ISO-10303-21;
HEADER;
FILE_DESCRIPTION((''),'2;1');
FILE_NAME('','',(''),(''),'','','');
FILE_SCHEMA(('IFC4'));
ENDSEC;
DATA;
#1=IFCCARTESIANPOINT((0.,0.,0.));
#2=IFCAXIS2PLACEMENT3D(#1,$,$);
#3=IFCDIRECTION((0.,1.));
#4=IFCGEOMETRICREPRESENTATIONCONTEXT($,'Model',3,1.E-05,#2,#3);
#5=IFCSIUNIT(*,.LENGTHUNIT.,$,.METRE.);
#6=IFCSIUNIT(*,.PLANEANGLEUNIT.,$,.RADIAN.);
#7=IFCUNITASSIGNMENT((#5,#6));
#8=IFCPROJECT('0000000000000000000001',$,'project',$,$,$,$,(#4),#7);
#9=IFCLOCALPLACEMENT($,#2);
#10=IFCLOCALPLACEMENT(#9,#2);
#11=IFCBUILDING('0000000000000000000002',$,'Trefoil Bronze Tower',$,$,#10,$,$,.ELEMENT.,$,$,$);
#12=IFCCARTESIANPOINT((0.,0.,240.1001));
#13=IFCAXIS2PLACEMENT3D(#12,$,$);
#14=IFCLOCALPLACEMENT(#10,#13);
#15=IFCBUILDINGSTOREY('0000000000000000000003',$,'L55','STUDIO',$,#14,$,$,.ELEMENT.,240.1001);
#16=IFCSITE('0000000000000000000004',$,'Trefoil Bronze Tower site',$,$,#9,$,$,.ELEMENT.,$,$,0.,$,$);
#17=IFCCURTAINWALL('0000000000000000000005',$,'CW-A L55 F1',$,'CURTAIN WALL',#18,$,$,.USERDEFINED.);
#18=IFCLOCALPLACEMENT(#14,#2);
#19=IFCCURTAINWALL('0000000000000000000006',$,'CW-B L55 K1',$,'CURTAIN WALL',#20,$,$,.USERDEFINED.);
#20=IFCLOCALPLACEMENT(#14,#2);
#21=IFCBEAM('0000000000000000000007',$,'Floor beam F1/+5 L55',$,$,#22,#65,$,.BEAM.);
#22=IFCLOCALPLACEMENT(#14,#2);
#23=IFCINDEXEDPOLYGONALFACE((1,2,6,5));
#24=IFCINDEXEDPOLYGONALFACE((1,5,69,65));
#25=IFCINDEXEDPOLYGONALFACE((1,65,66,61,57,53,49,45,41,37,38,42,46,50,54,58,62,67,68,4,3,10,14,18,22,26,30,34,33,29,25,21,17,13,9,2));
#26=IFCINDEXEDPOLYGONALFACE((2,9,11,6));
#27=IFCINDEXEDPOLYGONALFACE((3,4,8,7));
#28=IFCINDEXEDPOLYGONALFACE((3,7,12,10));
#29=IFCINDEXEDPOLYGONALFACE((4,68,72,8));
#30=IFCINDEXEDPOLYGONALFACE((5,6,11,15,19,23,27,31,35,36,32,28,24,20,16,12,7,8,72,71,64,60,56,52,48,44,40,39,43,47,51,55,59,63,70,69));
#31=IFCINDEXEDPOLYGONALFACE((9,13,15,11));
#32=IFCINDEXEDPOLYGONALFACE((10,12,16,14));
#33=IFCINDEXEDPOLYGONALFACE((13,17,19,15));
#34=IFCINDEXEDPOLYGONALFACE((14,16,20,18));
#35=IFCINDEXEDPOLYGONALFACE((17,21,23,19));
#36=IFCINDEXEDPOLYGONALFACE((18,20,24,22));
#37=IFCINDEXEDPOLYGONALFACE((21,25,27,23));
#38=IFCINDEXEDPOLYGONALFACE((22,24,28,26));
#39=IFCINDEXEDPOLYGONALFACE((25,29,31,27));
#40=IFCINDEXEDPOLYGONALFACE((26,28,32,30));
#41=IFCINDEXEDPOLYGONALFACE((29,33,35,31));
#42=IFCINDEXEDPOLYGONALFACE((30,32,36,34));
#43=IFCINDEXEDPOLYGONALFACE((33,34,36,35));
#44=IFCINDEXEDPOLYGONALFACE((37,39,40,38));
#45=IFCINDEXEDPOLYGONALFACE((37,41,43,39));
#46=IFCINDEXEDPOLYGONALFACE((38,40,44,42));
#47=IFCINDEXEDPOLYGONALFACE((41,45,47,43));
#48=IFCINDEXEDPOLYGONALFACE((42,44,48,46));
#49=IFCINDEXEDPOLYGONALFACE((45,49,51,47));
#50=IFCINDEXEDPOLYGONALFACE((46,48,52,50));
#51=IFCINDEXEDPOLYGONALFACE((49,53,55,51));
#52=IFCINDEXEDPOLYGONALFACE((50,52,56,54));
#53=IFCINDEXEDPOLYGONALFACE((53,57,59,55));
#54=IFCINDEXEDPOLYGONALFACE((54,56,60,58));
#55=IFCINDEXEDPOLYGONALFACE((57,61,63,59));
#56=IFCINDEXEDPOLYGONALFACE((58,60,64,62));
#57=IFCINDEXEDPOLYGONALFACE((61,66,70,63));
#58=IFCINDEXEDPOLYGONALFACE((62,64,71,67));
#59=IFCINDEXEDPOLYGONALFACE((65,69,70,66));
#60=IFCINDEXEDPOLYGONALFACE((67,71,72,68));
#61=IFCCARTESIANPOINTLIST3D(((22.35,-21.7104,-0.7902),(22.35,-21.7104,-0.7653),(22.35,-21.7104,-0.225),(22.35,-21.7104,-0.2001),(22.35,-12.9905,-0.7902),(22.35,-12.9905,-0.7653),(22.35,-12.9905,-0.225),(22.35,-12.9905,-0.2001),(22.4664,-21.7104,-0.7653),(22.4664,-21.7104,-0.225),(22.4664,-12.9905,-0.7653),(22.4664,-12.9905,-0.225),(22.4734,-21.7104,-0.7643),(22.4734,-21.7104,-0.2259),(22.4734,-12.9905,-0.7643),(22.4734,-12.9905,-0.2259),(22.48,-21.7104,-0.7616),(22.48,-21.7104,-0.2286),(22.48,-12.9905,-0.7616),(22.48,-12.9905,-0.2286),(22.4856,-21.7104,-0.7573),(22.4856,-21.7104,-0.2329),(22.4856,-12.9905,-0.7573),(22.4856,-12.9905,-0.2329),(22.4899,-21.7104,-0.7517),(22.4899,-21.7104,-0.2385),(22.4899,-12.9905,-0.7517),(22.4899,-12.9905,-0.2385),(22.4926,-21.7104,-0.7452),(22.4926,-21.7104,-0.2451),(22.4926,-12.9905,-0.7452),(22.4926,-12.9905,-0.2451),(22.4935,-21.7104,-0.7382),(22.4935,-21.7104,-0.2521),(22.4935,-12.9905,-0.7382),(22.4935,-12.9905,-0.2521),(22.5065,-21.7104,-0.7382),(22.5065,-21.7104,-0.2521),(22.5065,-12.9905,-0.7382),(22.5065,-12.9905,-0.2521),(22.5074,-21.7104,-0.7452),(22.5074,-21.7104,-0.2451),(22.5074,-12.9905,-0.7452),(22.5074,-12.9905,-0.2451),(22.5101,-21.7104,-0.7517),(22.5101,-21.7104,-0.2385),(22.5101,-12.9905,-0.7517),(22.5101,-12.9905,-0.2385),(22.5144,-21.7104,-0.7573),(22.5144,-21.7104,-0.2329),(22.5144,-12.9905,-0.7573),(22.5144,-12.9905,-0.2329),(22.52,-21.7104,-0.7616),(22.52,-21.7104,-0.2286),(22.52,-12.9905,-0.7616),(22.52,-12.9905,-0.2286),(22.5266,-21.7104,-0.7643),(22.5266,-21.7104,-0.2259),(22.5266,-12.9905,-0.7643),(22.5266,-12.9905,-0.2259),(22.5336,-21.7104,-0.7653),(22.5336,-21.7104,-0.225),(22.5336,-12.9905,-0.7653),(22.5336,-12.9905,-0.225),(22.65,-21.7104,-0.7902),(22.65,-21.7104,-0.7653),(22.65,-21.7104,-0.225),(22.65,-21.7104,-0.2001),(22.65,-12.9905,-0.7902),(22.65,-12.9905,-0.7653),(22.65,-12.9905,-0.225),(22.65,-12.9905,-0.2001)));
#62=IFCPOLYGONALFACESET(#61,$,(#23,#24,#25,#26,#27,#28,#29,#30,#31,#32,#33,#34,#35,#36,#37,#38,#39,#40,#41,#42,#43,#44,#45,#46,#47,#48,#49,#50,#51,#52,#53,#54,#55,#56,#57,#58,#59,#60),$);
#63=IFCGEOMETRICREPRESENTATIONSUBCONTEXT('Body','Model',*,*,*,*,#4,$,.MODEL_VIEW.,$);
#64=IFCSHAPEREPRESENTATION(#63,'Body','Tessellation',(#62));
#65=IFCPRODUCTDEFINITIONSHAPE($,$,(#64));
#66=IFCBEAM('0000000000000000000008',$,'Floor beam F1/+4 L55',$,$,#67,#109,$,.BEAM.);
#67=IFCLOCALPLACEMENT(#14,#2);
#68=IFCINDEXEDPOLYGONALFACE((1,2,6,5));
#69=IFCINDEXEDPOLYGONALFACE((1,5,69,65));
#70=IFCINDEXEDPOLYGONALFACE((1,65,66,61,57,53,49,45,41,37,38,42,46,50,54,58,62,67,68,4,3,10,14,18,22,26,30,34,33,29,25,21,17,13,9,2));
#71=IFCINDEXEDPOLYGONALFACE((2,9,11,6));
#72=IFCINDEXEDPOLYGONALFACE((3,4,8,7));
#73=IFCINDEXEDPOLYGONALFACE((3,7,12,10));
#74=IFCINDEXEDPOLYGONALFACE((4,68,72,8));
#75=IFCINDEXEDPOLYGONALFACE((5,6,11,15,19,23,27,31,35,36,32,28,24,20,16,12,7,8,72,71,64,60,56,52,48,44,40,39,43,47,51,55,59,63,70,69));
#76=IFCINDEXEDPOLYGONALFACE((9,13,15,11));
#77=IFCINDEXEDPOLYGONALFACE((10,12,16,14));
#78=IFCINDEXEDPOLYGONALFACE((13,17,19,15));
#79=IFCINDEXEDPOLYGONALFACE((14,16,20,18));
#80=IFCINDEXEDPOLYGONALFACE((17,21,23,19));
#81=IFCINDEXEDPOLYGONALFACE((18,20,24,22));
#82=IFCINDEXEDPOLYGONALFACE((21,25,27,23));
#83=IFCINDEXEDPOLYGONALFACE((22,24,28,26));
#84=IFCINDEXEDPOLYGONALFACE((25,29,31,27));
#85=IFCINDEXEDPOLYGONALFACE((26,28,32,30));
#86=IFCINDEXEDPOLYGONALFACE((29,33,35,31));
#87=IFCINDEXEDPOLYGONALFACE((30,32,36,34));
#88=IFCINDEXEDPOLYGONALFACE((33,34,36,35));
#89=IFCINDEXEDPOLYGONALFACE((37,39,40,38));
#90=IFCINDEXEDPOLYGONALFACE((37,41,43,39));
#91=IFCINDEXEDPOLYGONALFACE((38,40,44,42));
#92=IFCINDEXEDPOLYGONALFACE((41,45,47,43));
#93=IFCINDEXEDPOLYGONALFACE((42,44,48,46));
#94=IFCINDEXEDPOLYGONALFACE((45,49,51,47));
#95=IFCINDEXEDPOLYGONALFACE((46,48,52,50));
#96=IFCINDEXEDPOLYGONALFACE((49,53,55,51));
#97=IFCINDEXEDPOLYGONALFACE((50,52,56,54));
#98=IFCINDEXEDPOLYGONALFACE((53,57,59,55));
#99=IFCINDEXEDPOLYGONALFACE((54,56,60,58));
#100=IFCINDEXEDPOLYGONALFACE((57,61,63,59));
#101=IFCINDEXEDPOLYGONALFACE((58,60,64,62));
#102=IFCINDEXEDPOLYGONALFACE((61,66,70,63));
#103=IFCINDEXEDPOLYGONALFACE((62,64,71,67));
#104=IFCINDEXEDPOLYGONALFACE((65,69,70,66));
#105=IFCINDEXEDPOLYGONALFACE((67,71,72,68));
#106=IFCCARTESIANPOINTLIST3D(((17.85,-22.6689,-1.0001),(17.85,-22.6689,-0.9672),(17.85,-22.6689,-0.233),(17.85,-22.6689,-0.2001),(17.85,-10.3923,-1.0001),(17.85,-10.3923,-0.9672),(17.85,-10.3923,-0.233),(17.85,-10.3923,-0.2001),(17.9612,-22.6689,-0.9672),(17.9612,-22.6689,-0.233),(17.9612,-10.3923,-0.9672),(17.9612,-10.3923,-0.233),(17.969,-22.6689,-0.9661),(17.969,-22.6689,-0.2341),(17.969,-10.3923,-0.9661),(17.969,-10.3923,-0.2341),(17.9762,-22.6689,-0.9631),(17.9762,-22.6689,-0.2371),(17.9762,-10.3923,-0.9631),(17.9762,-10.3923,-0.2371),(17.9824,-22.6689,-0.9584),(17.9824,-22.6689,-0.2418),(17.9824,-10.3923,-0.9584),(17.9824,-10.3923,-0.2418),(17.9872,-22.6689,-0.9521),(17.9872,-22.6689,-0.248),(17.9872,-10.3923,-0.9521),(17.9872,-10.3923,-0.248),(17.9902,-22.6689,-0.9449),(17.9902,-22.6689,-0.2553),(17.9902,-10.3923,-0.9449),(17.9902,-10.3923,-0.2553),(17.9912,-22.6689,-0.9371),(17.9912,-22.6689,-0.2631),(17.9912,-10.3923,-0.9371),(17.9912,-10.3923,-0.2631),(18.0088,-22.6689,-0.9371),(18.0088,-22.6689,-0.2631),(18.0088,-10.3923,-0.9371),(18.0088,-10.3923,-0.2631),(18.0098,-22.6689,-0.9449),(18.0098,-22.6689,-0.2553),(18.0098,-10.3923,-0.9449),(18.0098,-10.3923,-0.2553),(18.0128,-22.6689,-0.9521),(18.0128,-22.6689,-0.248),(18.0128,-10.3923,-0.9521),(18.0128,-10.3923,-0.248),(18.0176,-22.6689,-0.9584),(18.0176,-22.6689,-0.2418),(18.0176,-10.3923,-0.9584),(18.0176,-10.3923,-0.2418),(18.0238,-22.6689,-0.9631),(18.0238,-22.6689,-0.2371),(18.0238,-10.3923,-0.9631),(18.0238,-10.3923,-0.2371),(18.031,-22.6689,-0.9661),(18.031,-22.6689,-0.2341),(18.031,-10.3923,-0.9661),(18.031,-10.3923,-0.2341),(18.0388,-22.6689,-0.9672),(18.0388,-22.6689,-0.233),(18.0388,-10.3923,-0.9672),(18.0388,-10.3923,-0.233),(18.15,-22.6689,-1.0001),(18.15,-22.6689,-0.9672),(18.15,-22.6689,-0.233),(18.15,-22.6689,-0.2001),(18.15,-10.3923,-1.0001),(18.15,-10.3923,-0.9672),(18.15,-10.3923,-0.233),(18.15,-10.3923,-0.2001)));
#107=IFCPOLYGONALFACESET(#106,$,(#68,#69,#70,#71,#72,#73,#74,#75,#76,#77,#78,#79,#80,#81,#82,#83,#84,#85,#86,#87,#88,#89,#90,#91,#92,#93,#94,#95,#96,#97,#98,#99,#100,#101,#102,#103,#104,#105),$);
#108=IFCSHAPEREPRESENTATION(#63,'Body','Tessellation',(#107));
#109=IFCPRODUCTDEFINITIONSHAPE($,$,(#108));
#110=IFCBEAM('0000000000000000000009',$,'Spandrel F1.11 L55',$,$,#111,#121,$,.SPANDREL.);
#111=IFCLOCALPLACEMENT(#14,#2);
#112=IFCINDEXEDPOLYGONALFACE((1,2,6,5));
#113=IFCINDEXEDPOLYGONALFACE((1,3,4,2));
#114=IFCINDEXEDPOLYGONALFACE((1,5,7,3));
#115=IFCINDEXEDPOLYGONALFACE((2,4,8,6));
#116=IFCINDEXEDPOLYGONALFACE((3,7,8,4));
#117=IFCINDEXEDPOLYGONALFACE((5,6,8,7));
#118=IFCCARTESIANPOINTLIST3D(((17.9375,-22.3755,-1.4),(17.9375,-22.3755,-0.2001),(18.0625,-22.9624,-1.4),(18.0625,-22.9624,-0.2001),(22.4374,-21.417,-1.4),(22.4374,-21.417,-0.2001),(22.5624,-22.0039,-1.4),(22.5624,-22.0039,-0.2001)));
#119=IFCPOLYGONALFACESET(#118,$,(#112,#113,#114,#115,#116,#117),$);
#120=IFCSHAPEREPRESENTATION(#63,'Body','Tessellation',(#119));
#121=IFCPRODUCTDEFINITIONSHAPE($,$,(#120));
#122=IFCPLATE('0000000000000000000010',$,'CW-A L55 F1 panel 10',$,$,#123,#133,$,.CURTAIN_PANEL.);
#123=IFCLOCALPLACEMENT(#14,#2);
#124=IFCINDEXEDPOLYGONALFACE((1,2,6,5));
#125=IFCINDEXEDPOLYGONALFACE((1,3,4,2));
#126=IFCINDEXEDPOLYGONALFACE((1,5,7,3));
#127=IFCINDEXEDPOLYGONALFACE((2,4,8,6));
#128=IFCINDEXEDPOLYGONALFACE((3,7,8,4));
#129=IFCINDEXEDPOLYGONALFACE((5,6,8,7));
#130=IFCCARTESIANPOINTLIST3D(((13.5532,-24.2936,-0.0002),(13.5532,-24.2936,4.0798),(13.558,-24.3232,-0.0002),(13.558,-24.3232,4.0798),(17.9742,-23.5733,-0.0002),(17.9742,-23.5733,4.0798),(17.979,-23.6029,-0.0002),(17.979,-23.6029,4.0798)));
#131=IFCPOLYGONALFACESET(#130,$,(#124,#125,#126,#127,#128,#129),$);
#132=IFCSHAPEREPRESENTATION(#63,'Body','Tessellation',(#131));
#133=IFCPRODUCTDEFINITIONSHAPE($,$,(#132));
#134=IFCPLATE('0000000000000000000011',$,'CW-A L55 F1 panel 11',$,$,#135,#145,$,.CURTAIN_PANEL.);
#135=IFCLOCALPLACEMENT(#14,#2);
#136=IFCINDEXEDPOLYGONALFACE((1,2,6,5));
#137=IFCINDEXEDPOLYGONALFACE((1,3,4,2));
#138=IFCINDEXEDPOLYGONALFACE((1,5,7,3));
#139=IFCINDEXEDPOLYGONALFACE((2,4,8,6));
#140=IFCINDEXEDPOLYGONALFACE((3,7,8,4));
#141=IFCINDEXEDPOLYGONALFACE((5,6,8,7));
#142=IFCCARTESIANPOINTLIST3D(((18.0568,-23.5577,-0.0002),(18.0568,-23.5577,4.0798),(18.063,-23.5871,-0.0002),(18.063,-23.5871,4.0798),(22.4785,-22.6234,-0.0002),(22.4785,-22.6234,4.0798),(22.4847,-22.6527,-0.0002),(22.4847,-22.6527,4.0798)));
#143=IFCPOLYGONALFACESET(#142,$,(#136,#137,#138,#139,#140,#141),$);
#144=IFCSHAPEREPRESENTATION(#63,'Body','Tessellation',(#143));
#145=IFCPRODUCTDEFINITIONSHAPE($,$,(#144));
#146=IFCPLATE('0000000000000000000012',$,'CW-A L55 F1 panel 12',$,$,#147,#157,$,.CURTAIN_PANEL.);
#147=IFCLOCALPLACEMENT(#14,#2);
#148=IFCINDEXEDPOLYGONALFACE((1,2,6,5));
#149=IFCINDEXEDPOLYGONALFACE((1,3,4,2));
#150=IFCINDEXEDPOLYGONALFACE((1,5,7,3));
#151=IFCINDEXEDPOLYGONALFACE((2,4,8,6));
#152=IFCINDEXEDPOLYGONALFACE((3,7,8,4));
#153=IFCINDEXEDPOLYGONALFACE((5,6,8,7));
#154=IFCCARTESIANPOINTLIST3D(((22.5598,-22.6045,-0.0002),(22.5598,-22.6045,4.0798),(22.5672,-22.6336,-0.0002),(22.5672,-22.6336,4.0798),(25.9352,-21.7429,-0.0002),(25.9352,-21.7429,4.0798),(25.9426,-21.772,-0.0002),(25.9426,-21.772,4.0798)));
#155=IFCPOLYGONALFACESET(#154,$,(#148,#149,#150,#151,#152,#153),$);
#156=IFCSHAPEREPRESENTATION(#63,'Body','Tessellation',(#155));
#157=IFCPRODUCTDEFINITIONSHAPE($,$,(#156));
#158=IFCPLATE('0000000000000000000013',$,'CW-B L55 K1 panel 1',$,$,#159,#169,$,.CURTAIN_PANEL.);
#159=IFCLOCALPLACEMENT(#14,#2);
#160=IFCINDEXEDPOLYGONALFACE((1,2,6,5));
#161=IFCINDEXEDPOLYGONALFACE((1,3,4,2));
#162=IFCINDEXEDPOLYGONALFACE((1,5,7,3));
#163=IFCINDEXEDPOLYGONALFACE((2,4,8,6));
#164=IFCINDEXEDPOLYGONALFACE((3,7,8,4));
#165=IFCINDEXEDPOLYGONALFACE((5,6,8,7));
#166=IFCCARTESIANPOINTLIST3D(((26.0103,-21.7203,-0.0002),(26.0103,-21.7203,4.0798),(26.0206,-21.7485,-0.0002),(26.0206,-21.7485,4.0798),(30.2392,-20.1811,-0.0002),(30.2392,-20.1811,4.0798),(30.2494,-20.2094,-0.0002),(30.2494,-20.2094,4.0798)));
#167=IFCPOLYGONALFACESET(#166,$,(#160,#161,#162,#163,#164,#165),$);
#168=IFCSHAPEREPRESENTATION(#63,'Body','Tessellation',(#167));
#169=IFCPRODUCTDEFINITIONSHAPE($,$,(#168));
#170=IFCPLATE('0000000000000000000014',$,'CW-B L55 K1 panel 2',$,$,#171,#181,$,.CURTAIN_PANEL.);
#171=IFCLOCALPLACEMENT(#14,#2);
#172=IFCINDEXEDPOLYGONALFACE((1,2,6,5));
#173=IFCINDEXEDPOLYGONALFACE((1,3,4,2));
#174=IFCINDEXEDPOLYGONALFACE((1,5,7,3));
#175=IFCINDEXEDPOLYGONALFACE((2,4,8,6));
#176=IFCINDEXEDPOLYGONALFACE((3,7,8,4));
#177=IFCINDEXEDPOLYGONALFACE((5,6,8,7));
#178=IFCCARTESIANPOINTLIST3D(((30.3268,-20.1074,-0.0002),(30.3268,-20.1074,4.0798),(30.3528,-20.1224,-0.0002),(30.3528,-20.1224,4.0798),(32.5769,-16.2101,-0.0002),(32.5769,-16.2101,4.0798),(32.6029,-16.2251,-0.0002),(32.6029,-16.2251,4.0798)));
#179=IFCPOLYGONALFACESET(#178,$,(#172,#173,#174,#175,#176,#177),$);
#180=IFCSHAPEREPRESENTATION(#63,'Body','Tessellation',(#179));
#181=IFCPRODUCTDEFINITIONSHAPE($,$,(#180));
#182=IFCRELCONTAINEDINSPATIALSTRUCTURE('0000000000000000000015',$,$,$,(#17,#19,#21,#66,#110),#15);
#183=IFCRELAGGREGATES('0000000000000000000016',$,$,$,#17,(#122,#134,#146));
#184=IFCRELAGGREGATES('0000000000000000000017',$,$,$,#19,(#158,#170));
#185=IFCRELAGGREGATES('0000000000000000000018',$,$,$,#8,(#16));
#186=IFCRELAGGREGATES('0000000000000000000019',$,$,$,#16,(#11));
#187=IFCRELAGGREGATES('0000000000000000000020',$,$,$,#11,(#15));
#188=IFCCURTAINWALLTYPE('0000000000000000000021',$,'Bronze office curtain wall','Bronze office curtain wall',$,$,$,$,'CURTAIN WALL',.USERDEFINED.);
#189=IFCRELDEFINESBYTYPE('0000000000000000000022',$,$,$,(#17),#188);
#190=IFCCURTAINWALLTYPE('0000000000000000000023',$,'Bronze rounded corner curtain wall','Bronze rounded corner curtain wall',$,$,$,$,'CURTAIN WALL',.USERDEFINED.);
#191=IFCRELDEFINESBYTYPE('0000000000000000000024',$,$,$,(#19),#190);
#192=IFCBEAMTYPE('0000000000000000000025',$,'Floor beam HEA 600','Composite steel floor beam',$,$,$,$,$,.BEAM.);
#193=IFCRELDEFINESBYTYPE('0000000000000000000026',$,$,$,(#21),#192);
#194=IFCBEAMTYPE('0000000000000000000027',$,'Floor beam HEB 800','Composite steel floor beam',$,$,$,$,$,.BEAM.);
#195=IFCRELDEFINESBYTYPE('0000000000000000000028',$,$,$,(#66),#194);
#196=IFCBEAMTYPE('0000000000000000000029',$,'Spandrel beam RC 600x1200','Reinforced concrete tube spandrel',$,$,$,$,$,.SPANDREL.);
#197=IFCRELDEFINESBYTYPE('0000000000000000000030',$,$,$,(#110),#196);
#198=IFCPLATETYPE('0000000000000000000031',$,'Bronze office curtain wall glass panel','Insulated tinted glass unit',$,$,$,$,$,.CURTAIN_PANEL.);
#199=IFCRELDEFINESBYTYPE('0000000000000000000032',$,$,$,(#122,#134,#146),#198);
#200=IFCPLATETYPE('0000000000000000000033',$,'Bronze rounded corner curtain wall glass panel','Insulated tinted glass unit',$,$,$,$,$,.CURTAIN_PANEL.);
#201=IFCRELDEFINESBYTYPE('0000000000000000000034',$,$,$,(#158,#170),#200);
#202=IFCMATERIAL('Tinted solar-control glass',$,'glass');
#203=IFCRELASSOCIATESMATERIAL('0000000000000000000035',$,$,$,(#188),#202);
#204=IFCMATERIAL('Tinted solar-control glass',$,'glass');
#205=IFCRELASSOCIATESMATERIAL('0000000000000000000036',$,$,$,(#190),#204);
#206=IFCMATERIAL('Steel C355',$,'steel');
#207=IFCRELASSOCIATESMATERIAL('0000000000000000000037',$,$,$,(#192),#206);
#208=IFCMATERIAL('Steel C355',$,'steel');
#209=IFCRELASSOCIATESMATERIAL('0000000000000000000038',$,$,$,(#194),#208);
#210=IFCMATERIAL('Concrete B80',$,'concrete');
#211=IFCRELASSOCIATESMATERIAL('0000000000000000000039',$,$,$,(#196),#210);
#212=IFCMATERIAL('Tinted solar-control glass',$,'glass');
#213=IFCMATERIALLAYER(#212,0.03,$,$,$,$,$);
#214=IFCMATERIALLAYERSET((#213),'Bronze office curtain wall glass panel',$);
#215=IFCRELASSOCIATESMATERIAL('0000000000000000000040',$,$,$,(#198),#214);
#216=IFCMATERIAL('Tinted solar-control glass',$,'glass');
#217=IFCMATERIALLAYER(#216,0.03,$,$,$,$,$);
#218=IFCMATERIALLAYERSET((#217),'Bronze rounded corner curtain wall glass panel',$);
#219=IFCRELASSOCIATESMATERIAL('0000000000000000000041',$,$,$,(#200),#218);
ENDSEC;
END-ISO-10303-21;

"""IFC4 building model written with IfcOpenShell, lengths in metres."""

from ifc_helpers import new_model, si_unit, direction, frame, origin, origin_2d, place, context, subcontext, project, spatial, rectangle, i_section, extrude, material, layer, layer_set, material_profile, profile_set, type_object, element, aggregate, save


model = new_model("IFC4")

# Units and contexts
model_context = context("Model", 3, precision=1e-05, world=origin(), true_north=direction((0.0, 1.0)))
body_context = subcontext(model_context, "Body", "Model", "MODEL_VIEW")
ifc_project = project(units=[si_unit("LENGTHUNIT", "METRE"), si_unit("PLANEANGLEUNIT", "RADIAN")], contexts=[model_context])

# Site, building, storey
site_placement = place(None, origin())
site = spatial("IfcSite", under=ifc_project, at=site_placement, Name="Trefoil Bronze Tower site", CompositionType="ELEMENT", RefElevation=0.0)
building_placement = place(site_placement, origin())
building = spatial("IfcBuilding", under=site, at=building_placement, Name="Trefoil Bronze Tower", CompositionType="ELEMENT")
storey_placement = place(building_placement, frame((0.0, 0.0, 240.1001)))
storey = spatial("IfcBuildingStorey", under=building, at=storey_placement, Name="L55", Description="STUDIO", CompositionType="ELEMENT", Elevation=240.1001)

# Curtain walls
ifc_material_1 = material(Name="Tinted solar-control glass", Category="glass")
curtain_wall_type_1 = type_object("IfcCurtainWallType", Name="Bronze office curtain wall", Description="Bronze office curtain wall", ElementType="CURTAIN WALL", PredefinedType="USERDEFINED", material=ifc_material_1)
curtain_wall_1_placement = place(storey_placement, origin())
curtain_wall_1 = element("IfcCurtainWall", 1, at=curtain_wall_1_placement, inside=storey, type_object=curtain_wall_type_1, Name="CW-A L55 F1", ObjectType="CURTAIN WALL", PredefinedType="USERDEFINED")
ifc_material_2 = material(Name="Tinted solar-control glass", Category="glass")
curtain_wall_type_2 = type_object("IfcCurtainWallType", Name="Bronze rounded corner curtain wall", Description="Bronze rounded corner curtain wall", ElementType="CURTAIN WALL", PredefinedType="USERDEFINED", material=ifc_material_2)
curtain_wall_2_placement = place(storey_placement, origin())
curtain_wall_2 = element("IfcCurtainWall", 2, at=curtain_wall_2_placement, inside=storey, type_object=curtain_wall_type_2, Name="CW-B L55 K1", ObjectType="CURTAIN WALL", PredefinedType="USERDEFINED")

# Beams
ifc_material_3 = material(Name="Steel C355", Category="steel")
ifc_material_profile_1 = material_profile(ifc_material_3, i_section(OverallWidth=0.3, OverallDepth=0.5901, WebThickness=0.0129, FlangeThickness=0.0249, FilletRadius=0.0271, at=origin_2d()), Name="HEA 600")
ifc_profile_set_1 = profile_set([ifc_material_profile_1], Name="Steel C355")
beam_type_1 = type_object("IfcBeamType", Name="Floor beam HEA 600", Description="Composite steel floor beam", PredefinedType="BEAM", material=ifc_profile_set_1)
beam_1_placement = place(storey_placement, frame((22.5, -21.7104, -0.4951), z_axis=(0.0, 1.0, 0.0), x_axis=(-1.0, 0.0, 0.0)))
element("IfcBeam", 3, at=beam_1_placement, inside=storey, type_object=beam_type_1, Name="Floor beam F1/+5 L55", PredefinedType="BEAM", context=body_context, shape_type="SweptSolid", body=[
    extrude(i_section(OverallWidth=0.3, OverallDepth=0.5901, WebThickness=0.0129, FlangeThickness=0.0249, FilletRadius=0.0271, at=origin_2d()), origin(), (0.0, 0.0, 1.0), 8.72),
])
ifc_material_4 = material(Name="Steel C355", Category="steel")
ifc_material_profile_2 = material_profile(ifc_material_4, i_section(OverallWidth=0.3, OverallDepth=0.8, WebThickness=0.0176, FlangeThickness=0.033, FilletRadius=0.03, at=origin_2d()), Name="HEB 800")
ifc_profile_set_2 = profile_set([ifc_material_profile_2], Name="Steel C355")
beam_type_2 = type_object("IfcBeamType", Name="Floor beam HEB 800", Description="Composite steel floor beam", PredefinedType="BEAM", material=ifc_profile_set_2)
beam_2_placement = place(storey_placement, frame((18.0, -22.6689, -0.6001), z_axis=(0.0, 1.0, 0.0), x_axis=(-1.0, 0.0, 0.0)))
element("IfcBeam", 4, at=beam_2_placement, inside=storey, type_object=beam_type_2, Name="Floor beam F1/+4 L55", PredefinedType="BEAM", context=body_context, shape_type="SweptSolid", body=[
    extrude(i_section(OverallWidth=0.3, OverallDepth=0.8, WebThickness=0.0176, FlangeThickness=0.033, FilletRadius=0.03, at=origin_2d()), origin(), (0.0, 0.0, 1.0), 12.2766),
])
ifc_material_5 = material(Name="Concrete B80", Category="concrete")
ifc_material_profile_3 = material_profile(ifc_material_5, rectangle(XDim=0.6001, YDim=1.2, at=origin_2d()), Name="RC 600x1200")
ifc_profile_set_3 = profile_set([ifc_material_profile_3], Name="Concrete B80")
beam_type_3 = type_object("IfcBeamType", Name="Spandrel beam RC 600x1200", Description="Reinforced concrete tube spandrel", PredefinedType="SPANDREL", material=ifc_profile_set_3)
beam_3_placement = place(storey_placement, frame((18.0, -22.6689, -0.8), z_axis=(0.978059, 0.208326, 0.0), x_axis=(-0.208326, 0.978059, 0.0)))
element("IfcBeam", 5, at=beam_3_placement, inside=storey, type_object=beam_type_3, Name="Spandrel F1.11 L55", PredefinedType="SPANDREL", context=body_context, shape_type="SweptSolid", body=[
    extrude(rectangle(XDim=0.6001, YDim=1.2, at=origin_2d()), origin(), (0.0, 0.0, 1.0), 4.6008),
])

# Plates
ifc_material_6 = material(Name="Tinted solar-control glass", Category="glass")
ifc_layer_1 = layer(ifc_material_6, 0.03)
ifc_layer_set_1 = layer_set([ifc_layer_1], Name="Bronze office curtain wall glass panel")
plate_type_1 = type_object("IfcPlateType", Name="Bronze office curtain wall glass panel", Description="Insulated tinted glass unit", PredefinedType="CURTAIN_PANEL", material=ifc_layer_set_1)
plate_1_placement = place(storey_placement, frame((15.7661, -23.9482, -0.0002), z_axis=(0.0, 0.0, 1.0), x_axis=(0.986987, 0.160803, 0.0)))
plate_1 = element("IfcPlate", 6, at=plate_1_placement, type_object=plate_type_1, Name="CW-A L55 F1 panel 10", PredefinedType="CURTAIN_PANEL", context=body_context, shape_type="SweptSolid", body=[
    extrude(rectangle(XDim=4.4792, YDim=0.03, at=origin_2d()), origin(), (0.0, 0.0, 1.0), 4.0801),
])
plate_2_placement = place(storey_placement, frame((20.2708, -23.1052, -0.0002), z_axis=(0.0, 0.0, 1.0), x_axis=(0.978394, 0.206747, 0.0)))
plate_2 = element("IfcPlate", 7, at=plate_2_placement, type_object=plate_type_1, Name="CW-A L55 F1 panel 11", PredefinedType="CURTAIN_PANEL", context=body_context, shape_type="SweptSolid", body=[
    extrude(rectangle(XDim=4.5193, YDim=0.03, at=origin_2d()), origin(), (0.0, 0.0, 1.0), 4.0801),
])
plate_3_placement = place(storey_placement, frame((24.2512, -22.1882, -0.0002), z_axis=(0.0, 0.0, 1.0), x_axis=(0.968934, 0.247319, 0.0)))
plate_3 = element("IfcPlate", 8, at=plate_3_placement, type_object=plate_type_1, Name="CW-A L55 F1 panel 12", PredefinedType="CURTAIN_PANEL", context=body_context, shape_type="SweptSolid", body=[
    extrude(rectangle(XDim=3.4836, YDim=0.03, at=origin_2d()), origin(), (0.0, 0.0, 1.0), 4.0801),
])
aggregate(curtain_wall_1, [plate_1, plate_2, plate_3])
ifc_material_7 = material(Name="Tinted solar-control glass", Category="glass")
ifc_layer_2 = layer(ifc_material_7, 0.03)
ifc_layer_set_2 = layer_set([ifc_layer_2], Name="Bronze rounded corner curtain wall glass panel")
plate_type_2 = type_object("IfcPlateType", Name="Bronze rounded corner curtain wall glass panel", Description="Insulated tinted glass unit", PredefinedType="CURTAIN_PANEL", material=ifc_layer_set_2)
plate_4_placement = place(storey_placement, frame((28.1299, -20.9648, -0.0002), z_axis=(0.0, 0.0, 1.0), x_axis=(0.939693, 0.34202, 0.0)))
plate_4 = element("IfcPlate", 9, at=plate_4_placement, type_object=plate_type_2, Name="CW-B L55 K1 panel 1", PredefinedType="CURTAIN_PANEL", context=body_context, shape_type="SweptSolid", body=[
    extrude(rectangle(XDim=4.5002, YDim=0.03, at=origin_2d()), origin(), (0.0, 0.0, 1.0), 4.0801),
])
plate_5_placement = place(storey_placement, frame((31.4648, -18.1663, -0.0002), z_axis=(0.0, 0.0, 1.0), x_axis=(0.5, 0.866025, 0.0)))
plate_5 = element("IfcPlate", 10, at=plate_5_placement, type_object=plate_type_2, Name="CW-B L55 K1 panel 2", PredefinedType="CURTAIN_PANEL", context=body_context, shape_type="SweptSolid", body=[
    extrude(rectangle(XDim=4.5002, YDim=0.03, at=origin_2d()), origin(), (0.0, 0.0, 1.0), 4.0801),
])
aggregate(curtain_wall_2, [plate_4, plate_5])

save(model, "model.ifc")
